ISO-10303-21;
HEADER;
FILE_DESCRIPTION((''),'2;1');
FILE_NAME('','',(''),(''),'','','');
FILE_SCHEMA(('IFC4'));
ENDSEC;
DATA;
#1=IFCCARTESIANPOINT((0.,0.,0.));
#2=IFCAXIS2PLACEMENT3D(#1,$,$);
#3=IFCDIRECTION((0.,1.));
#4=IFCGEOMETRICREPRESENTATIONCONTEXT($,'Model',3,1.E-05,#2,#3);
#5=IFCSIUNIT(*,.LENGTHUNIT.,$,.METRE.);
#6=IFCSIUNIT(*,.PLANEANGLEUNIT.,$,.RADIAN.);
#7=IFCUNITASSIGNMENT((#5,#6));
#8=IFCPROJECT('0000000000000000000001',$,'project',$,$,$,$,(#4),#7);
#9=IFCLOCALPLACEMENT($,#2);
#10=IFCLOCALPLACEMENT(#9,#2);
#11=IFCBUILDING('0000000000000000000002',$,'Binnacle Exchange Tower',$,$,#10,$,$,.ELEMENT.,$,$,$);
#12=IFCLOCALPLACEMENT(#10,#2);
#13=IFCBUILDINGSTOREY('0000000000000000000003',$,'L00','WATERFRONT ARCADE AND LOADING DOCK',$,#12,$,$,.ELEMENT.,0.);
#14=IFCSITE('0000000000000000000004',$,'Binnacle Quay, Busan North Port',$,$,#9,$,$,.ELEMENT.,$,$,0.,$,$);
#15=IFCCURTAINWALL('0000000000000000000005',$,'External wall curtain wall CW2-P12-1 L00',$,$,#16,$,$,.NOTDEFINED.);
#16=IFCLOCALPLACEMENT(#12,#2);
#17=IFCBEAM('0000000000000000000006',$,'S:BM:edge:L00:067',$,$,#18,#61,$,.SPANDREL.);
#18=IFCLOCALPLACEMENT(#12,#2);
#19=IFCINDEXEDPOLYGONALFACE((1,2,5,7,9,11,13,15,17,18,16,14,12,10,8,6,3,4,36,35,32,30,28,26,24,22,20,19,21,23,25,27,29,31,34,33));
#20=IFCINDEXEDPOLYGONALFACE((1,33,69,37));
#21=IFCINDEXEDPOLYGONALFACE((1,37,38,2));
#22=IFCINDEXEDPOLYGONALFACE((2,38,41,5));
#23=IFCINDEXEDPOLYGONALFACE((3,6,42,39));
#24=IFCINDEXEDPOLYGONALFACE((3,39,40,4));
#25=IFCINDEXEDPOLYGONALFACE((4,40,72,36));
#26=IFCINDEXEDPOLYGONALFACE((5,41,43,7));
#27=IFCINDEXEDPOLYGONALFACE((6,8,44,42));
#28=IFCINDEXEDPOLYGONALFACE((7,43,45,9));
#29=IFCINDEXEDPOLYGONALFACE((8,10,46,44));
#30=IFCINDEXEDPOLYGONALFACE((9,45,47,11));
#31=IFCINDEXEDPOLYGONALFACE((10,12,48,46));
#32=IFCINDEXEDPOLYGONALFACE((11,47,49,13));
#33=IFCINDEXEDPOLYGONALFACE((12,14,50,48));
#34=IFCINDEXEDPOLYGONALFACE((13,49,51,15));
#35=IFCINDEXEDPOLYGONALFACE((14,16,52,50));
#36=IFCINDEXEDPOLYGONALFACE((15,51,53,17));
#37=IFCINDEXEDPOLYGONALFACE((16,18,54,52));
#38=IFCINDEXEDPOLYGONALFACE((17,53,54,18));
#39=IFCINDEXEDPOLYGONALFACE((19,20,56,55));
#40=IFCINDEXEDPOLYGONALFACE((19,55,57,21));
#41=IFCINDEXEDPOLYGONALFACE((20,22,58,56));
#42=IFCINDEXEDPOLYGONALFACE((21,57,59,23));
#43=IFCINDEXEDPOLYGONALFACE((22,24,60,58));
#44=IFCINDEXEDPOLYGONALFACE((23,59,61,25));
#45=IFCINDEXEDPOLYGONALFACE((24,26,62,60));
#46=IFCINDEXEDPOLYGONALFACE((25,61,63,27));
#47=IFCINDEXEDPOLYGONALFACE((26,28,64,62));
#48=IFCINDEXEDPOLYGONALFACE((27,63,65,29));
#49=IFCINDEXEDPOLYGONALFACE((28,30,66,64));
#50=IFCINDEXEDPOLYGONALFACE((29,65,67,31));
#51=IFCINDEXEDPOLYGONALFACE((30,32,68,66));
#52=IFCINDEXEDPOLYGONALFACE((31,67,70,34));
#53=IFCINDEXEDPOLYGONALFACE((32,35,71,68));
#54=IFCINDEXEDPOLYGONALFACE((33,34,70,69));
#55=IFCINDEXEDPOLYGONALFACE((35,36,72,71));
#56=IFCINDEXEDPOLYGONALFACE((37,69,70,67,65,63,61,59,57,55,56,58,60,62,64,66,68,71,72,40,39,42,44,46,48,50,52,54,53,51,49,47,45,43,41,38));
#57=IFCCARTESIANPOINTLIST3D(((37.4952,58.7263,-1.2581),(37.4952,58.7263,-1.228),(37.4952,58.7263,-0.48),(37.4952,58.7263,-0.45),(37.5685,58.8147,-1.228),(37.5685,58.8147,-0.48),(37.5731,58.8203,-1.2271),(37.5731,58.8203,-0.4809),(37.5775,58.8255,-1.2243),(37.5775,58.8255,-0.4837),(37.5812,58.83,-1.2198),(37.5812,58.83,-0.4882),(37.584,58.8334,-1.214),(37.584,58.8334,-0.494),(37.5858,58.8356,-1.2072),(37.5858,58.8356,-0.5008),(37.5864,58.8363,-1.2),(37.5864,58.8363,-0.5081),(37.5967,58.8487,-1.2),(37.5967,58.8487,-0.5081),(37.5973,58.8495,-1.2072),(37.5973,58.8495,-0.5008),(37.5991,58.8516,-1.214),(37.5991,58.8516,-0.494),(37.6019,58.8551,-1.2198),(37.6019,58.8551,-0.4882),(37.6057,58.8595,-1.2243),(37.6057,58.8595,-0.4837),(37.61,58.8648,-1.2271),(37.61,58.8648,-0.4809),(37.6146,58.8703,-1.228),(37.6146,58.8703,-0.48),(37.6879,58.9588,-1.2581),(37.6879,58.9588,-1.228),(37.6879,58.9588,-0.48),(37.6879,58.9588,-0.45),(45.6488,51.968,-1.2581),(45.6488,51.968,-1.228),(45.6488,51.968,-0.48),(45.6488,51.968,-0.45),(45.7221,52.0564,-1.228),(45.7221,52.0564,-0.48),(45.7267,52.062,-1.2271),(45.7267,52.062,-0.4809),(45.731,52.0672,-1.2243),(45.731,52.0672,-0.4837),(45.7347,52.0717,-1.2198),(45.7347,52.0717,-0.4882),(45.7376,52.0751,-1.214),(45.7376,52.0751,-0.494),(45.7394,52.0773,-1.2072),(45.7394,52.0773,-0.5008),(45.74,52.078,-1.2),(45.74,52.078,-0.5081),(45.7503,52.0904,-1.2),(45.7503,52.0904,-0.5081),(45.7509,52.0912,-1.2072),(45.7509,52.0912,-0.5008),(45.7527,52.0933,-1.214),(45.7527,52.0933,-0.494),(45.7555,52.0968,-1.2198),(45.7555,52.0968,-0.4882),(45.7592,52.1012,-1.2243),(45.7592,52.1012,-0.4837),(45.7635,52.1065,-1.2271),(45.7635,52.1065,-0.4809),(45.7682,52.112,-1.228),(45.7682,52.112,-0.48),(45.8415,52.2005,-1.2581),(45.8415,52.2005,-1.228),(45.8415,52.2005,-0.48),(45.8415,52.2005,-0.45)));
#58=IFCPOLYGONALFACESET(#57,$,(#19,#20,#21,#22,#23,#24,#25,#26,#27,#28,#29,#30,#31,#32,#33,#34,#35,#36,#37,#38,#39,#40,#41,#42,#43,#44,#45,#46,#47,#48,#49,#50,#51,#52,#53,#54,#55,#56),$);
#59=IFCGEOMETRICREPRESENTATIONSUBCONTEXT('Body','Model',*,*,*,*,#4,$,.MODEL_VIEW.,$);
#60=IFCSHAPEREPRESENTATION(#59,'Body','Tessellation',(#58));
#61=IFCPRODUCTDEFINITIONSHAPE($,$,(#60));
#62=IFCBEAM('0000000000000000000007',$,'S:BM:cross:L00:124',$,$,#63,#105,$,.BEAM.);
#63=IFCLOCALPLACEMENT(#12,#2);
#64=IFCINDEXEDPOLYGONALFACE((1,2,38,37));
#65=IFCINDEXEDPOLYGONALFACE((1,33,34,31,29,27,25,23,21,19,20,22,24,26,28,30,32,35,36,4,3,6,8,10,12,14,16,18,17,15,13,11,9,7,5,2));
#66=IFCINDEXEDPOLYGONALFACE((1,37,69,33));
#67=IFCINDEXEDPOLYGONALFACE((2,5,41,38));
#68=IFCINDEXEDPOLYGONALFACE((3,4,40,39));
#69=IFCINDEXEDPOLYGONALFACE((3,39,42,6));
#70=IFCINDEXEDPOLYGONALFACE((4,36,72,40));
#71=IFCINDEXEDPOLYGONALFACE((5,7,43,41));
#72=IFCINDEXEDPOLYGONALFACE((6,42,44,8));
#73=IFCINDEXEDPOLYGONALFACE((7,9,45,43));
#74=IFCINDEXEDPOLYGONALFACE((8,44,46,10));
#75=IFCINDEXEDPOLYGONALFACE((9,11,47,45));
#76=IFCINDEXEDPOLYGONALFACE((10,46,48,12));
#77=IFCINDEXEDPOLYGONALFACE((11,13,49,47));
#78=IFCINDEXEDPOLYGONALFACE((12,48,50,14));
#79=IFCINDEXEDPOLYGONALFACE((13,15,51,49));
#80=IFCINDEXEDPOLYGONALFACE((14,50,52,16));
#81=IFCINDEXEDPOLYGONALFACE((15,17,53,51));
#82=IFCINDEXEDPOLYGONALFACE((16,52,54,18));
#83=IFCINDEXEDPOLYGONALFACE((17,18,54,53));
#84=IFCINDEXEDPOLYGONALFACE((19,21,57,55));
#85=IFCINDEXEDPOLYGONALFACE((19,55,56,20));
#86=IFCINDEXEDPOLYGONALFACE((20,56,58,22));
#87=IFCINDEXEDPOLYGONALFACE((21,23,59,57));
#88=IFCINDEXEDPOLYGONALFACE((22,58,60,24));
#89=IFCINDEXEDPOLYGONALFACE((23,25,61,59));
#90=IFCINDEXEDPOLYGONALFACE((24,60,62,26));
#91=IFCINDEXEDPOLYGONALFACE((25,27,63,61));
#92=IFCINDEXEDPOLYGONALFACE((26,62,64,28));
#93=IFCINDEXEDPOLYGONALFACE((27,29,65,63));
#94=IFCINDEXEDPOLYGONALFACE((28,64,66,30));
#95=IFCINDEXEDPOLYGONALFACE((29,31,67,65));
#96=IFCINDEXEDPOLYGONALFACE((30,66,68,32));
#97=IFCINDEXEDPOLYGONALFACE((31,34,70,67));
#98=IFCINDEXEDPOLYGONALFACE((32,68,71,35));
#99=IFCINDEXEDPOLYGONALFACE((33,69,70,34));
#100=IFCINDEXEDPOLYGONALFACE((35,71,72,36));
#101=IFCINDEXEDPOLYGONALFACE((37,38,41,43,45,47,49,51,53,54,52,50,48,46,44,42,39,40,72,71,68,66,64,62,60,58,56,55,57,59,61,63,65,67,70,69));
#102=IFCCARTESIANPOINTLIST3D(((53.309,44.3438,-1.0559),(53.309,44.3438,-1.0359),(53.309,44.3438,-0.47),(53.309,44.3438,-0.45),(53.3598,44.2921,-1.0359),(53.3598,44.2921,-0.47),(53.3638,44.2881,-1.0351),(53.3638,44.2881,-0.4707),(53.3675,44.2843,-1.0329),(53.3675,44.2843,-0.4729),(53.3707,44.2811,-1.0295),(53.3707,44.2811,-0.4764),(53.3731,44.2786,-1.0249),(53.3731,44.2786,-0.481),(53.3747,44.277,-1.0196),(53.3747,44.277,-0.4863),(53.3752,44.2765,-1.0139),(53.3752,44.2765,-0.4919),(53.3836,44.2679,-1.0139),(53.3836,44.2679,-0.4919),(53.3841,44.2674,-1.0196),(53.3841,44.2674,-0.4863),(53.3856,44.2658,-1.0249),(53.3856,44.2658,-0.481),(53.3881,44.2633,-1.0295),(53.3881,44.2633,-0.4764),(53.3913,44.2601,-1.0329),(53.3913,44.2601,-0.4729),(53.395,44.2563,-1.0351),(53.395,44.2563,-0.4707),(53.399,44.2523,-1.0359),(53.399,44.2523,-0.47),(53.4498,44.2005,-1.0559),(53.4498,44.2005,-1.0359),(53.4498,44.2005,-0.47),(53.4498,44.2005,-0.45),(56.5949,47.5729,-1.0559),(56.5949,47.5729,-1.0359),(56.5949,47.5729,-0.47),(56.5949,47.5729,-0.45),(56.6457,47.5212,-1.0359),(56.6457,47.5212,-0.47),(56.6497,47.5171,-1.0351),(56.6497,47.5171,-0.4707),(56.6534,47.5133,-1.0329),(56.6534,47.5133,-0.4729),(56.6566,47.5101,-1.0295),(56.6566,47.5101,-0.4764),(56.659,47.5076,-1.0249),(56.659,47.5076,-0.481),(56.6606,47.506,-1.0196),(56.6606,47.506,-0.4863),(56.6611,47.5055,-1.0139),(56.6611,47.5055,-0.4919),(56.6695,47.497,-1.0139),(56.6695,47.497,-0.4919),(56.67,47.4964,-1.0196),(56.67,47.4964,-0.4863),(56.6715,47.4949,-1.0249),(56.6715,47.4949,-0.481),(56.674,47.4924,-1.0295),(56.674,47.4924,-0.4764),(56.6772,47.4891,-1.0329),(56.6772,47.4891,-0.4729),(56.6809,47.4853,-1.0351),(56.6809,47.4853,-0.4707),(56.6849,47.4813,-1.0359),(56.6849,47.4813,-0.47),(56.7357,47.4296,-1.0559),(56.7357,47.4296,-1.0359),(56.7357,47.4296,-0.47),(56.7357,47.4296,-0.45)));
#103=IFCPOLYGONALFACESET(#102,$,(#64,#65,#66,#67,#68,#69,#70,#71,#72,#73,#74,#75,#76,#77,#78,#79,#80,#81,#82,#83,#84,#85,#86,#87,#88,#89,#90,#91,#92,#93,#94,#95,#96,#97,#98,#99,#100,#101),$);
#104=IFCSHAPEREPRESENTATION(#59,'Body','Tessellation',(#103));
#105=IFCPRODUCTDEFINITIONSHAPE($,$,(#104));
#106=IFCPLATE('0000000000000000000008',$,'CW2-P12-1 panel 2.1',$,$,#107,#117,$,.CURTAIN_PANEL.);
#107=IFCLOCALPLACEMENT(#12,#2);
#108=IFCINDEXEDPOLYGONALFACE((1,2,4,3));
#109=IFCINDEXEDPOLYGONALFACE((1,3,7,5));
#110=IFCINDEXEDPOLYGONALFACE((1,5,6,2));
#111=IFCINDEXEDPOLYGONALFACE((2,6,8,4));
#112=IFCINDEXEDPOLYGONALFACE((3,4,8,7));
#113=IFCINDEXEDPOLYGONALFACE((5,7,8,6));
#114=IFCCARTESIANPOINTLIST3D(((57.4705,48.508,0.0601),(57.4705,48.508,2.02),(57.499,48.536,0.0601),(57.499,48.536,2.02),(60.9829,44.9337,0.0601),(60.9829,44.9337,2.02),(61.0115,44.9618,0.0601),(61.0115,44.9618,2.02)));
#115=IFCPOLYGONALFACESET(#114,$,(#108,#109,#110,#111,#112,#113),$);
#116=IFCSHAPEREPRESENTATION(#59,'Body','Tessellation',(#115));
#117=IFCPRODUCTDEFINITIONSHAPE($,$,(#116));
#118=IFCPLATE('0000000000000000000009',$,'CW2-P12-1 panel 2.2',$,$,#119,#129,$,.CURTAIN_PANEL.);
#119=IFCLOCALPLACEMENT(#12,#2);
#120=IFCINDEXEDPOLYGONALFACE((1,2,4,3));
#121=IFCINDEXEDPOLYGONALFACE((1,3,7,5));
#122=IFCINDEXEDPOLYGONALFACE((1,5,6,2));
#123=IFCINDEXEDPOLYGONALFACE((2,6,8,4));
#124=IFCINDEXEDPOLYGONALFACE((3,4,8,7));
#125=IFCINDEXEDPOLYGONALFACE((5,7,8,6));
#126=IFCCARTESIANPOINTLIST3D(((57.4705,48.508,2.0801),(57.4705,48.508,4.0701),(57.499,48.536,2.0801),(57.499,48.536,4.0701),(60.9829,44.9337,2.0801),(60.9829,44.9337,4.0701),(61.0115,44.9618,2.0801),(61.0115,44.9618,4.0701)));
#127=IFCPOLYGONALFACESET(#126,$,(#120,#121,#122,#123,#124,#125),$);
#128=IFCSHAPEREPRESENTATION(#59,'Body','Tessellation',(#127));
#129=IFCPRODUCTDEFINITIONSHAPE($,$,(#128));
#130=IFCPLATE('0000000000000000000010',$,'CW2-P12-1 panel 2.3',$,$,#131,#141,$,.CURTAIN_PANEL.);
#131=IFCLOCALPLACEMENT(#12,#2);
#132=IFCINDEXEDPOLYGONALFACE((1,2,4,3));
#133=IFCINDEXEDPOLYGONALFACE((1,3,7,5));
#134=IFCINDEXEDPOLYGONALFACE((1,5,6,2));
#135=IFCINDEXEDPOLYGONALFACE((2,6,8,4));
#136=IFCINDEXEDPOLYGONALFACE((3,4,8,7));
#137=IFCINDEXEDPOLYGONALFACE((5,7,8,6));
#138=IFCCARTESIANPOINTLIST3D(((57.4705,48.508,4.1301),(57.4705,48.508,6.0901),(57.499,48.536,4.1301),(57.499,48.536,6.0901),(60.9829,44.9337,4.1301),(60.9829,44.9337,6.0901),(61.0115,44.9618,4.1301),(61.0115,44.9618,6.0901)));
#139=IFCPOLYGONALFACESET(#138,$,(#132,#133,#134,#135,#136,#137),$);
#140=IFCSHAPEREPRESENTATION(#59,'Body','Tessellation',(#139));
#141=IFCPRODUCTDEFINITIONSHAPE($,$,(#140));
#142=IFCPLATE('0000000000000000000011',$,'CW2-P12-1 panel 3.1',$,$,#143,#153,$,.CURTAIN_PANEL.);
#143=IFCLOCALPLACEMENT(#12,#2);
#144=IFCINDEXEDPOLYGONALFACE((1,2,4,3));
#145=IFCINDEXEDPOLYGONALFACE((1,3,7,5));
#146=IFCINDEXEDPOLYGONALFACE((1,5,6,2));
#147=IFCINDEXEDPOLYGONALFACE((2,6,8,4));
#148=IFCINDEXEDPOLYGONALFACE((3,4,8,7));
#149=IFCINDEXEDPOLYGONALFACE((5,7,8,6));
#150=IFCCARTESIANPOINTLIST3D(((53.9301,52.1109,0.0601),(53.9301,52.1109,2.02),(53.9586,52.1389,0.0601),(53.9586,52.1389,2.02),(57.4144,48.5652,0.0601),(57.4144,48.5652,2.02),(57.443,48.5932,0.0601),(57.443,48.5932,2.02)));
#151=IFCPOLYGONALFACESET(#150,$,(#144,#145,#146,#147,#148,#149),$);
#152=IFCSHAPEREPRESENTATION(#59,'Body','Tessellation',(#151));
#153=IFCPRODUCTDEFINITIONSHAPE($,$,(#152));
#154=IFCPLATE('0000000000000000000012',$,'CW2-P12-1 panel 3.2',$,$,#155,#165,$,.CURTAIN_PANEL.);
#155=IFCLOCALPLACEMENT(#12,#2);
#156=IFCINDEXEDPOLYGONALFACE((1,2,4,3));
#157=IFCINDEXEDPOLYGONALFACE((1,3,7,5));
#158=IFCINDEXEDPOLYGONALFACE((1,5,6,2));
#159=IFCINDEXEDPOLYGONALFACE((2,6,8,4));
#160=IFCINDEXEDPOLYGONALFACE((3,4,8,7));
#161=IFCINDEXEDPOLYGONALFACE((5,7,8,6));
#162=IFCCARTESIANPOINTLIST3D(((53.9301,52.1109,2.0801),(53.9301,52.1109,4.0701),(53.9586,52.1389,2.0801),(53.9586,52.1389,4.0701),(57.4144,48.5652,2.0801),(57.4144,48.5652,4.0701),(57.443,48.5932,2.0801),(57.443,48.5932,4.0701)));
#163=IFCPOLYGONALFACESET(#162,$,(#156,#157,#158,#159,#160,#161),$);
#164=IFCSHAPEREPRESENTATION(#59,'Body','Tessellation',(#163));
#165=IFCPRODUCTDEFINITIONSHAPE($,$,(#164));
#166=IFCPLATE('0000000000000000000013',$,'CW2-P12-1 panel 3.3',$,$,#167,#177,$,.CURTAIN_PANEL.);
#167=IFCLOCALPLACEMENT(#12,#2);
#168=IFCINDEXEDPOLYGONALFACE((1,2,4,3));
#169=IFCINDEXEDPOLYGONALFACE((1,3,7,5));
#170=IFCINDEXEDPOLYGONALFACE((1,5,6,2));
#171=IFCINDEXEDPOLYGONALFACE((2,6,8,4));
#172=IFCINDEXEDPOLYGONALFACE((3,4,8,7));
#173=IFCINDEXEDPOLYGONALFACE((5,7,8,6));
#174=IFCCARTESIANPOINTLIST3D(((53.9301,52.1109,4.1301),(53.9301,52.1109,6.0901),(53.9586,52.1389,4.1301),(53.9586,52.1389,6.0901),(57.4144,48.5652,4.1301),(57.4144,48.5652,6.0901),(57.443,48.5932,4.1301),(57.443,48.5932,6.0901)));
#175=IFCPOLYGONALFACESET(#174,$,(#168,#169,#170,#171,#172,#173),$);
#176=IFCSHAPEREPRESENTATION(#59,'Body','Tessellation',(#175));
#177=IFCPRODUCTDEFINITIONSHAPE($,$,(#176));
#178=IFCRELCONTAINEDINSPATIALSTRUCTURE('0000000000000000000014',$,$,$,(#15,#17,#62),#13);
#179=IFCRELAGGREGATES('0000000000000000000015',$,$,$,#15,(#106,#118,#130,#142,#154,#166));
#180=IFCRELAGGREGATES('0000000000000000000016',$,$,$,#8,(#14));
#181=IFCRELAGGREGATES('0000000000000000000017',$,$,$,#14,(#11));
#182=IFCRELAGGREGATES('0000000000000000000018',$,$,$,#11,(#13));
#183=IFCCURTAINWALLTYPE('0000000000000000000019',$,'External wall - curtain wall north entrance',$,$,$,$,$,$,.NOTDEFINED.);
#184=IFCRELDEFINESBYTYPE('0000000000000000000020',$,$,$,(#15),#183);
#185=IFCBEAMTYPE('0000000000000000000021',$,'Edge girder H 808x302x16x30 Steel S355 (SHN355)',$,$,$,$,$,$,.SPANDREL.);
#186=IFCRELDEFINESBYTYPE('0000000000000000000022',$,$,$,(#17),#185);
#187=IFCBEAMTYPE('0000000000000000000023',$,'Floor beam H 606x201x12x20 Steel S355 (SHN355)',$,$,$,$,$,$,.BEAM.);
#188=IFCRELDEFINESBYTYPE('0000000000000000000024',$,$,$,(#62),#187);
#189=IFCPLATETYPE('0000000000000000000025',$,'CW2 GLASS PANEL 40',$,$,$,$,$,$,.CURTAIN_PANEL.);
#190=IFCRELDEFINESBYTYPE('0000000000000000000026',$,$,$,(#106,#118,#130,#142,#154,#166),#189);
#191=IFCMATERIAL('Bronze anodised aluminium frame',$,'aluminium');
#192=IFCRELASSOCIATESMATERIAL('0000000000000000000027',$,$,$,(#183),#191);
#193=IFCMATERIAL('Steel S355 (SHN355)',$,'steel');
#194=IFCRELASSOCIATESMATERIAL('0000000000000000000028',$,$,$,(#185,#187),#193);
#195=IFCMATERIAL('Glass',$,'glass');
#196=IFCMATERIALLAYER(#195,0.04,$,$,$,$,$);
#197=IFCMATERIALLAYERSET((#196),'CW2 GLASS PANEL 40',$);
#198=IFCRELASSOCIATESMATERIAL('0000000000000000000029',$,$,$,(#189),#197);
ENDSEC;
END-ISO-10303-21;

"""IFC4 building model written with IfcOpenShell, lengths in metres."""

from ifc_helpers import new_model, si_unit, direction, frame, origin, origin_2d, place, context, subcontext, project, spatial, rectangle, i_section, extrude, material, layer, layer_set, material_profile, profile_set, type_object, element, aggregate, save


model = new_model("IFC4")

# Units and contexts
model_context = context("Model", 3, precision=1e-05, world=origin(), true_north=direction((0.0, 1.0)))
body_context = subcontext(model_context, "Body", "Model", "MODEL_VIEW")
ifc_project = project(units=[si_unit("LENGTHUNIT", "METRE"), si_unit("PLANEANGLEUNIT", "RADIAN")], contexts=[model_context])

# Site, building, storey
site_placement = place(None, origin())
site = spatial("IfcSite", under=ifc_project, at=site_placement, Name="Binnacle Quay, Busan North Port", CompositionType="ELEMENT", RefElevation=0.0)
building_placement = place(site_placement, origin())
building = spatial("IfcBuilding", under=site, at=building_placement, Name="Binnacle Exchange Tower", CompositionType="ELEMENT")
storey_placement = place(building_placement, origin())
storey = spatial("IfcBuildingStorey", under=building, at=storey_placement, Name="L00", Description="WATERFRONT ARCADE AND LOADING DOCK", CompositionType="ELEMENT", Elevation=0.0)

# Curtain wall
ifc_material_1 = material(Name="Bronze anodised aluminium frame", Category="aluminium")
curtain_wall_type = type_object("IfcCurtainWallType", Name="External wall - curtain wall north entrance", PredefinedType="NOTDEFINED", material=ifc_material_1)
curtain_wall_placement = place(storey_placement, origin())
curtain_wall = element("IfcCurtainWall", 1, at=curtain_wall_placement, inside=storey, type_object=curtain_wall_type, Name="External wall curtain wall CW2-P12-1 L00", PredefinedType="NOTDEFINED")

# Beams
ifc_material_2 = material(Name="Steel S355 (SHN355)", Category="steel")
ifc_material_profile_1 = material_profile(ifc_material_2, i_section(OverallWidth=0.302, OverallDepth=0.8081, WebThickness=0.0161, FlangeThickness=0.03, FilletRadius=0.0281, at=origin_2d()), Name="H 808x302x16x30")
ifc_profile_set_1 = profile_set([ifc_material_profile_1], Name="Steel S355 (SHN355)")
beam_type_1 = type_object("IfcBeamType", Name="Edge girder H 808x302x16x30 Steel S355 (SHN355)", PredefinedType="SPANDREL", material=ifc_profile_set_1)
beam_1_placement = place(storey_placement, frame((45.7451, 52.0842, -0.854), z_axis=(-0.769906, 0.638157, 0.0), x_axis=(-0.638157, -0.769906, 0.0)))
element("IfcBeam", 2, at=beam_1_placement, inside=storey, type_object=beam_type_1, Name="S:BM:edge:L00:067", PredefinedType="SPANDREL", context=body_context, shape_type="SweptSolid", body=[
    extrude(i_section(OverallWidth=0.302, OverallDepth=0.8081, WebThickness=0.0161, FlangeThickness=0.03, FilletRadius=0.0281, at=origin_2d()), origin(), (0.0, 0.0, 1.0), 10.5903),
])
ifc_material_profile_2 = material_profile(ifc_material_2, i_section(OverallWidth=0.2009, OverallDepth=0.606, WebThickness=0.012, FlangeThickness=0.02, FilletRadius=0.022, at=origin_2d()), Name="H 606x201x12x20")
ifc_profile_set_2 = profile_set([ifc_material_profile_2], Name="Steel S355 (SHN355)")
beam_type_2 = type_object("IfcBeamType", Name="Floor beam H 606x201x12x20 Steel S355 (SHN355)", PredefinedType="BEAM", material=ifc_profile_set_2)
beam_2_placement = place(storey_placement, frame((56.6653, 47.5012, -0.7529), z_axis=(-0.713254, -0.700906, 0.0), x_axis=(0.700906, -0.713254, 0.0)))
element("IfcBeam", 3, at=beam_2_placement, inside=storey, type_object=beam_type_2, Name="S:BM:cross:L00:124", PredefinedType="BEAM", context=body_context, shape_type="SweptSolid", body=[
    extrude(i_section(OverallWidth=0.2009, OverallDepth=0.606, WebThickness=0.012, FlangeThickness=0.02, FilletRadius=0.022, at=origin_2d()), origin(), (0.0, 0.0, 1.0), 4.6069),
])

# Plates
ifc_material_3 = material(Name="Glass", Category="glass")
ifc_layer_1 = layer(ifc_material_3, 0.04)
ifc_layer_set_1 = layer_set([ifc_layer_1], Name="CW2 GLASS PANEL 40")
plate_type = type_object("IfcPlateType", Name="CW2 GLASS PANEL 40", PredefinedType="CURTAIN_PANEL", material=ifc_layer_set_1)
plate_1_placement = place(storey_placement, frame((59.241, 46.7349, 0.0601), z_axis=(0.0, 0.0, 1.0), x_axis=(-0.700909, 0.71325, 0.0)))
plate_1 = element("IfcPlate", 4, at=plate_1_placement, type_object=plate_type, Name="CW2-P12-1 panel 2.1", PredefinedType="CURTAIN_PANEL", context=body_context, shape_type="SweptSolid", body=[
    extrude(rectangle(XDim=5.0112, YDim=0.04, at=origin_2d()), origin(), (0.0, 0.0, 1.0), 1.96),
])
plate_2_placement = place(storey_placement, frame((59.241, 46.7349, 2.0801), z_axis=(0.0, 0.0, 1.0), x_axis=(-0.700909, 0.71325, 0.0)))
plate_2 = element("IfcPlate", 5, at=plate_2_placement, type_object=plate_type, Name="CW2-P12-1 panel 2.2", PredefinedType="CURTAIN_PANEL", context=body_context, shape_type="SweptSolid", body=[
    extrude(rectangle(XDim=5.0112, YDim=0.04, at=origin_2d()), origin(), (0.0, 0.0, 1.0), 1.99),
])
plate_3_placement = place(storey_placement, frame((59.241, 46.7349, 4.1301), z_axis=(0.0, 0.0, 1.0), x_axis=(-0.700909, 0.71325, 0.0)))
plate_3 = element("IfcPlate", 6, at=plate_3_placement, type_object=plate_type, Name="CW2-P12-1 panel 2.3", PredefinedType="CURTAIN_PANEL", context=body_context, shape_type="SweptSolid", body=[
    extrude(rectangle(XDim=5.0112, YDim=0.04, at=origin_2d()), origin(), (0.0, 0.0, 1.0), 1.96),
])
plate_4_placement = place(storey_placement, frame((55.6865, 50.3521, 0.0601), z_axis=(0.0, 0.0, 1.0), x_axis=(-0.700909, 0.71325, 0.0)))
plate_4 = element("IfcPlate", 7, at=plate_4_placement, type_object=plate_type, Name="CW2-P12-1 panel 3.1", PredefinedType="CURTAIN_PANEL", context=body_context, shape_type="SweptSolid", body=[
    extrude(rectangle(XDim=4.9712, YDim=0.04, at=origin_2d()), origin(), (0.0, 0.0, 1.0), 1.96),
])
plate_5_placement = place(storey_placement, frame((55.6865, 50.3521, 2.0801), z_axis=(0.0, 0.0, 1.0), x_axis=(-0.700909, 0.71325, 0.0)))
plate_5 = element("IfcPlate", 8, at=plate_5_placement, type_object=plate_type, Name="CW2-P12-1 panel 3.2", PredefinedType="CURTAIN_PANEL", context=body_context, shape_type="SweptSolid", body=[
    extrude(rectangle(XDim=4.9712, YDim=0.04, at=origin_2d()), origin(), (0.0, 0.0, 1.0), 1.99),
])
plate_6_placement = place(storey_placement, frame((55.6865, 50.3521, 4.1301), z_axis=(0.0, 0.0, 1.0), x_axis=(-0.700909, 0.71325, 0.0)))
plate_6 = element("IfcPlate", 9, at=plate_6_placement, type_object=plate_type, Name="CW2-P12-1 panel 3.3", PredefinedType="CURTAIN_PANEL", context=body_context, shape_type="SweptSolid", body=[
    extrude(rectangle(XDim=4.9712, YDim=0.04, at=origin_2d()), origin(), (0.0, 0.0, 1.0), 1.96),
])
aggregate(curtain_wall, [plate_1, plate_2, plate_3, plate_4, plate_5, plate_6])

save(model, "model.ifc")
